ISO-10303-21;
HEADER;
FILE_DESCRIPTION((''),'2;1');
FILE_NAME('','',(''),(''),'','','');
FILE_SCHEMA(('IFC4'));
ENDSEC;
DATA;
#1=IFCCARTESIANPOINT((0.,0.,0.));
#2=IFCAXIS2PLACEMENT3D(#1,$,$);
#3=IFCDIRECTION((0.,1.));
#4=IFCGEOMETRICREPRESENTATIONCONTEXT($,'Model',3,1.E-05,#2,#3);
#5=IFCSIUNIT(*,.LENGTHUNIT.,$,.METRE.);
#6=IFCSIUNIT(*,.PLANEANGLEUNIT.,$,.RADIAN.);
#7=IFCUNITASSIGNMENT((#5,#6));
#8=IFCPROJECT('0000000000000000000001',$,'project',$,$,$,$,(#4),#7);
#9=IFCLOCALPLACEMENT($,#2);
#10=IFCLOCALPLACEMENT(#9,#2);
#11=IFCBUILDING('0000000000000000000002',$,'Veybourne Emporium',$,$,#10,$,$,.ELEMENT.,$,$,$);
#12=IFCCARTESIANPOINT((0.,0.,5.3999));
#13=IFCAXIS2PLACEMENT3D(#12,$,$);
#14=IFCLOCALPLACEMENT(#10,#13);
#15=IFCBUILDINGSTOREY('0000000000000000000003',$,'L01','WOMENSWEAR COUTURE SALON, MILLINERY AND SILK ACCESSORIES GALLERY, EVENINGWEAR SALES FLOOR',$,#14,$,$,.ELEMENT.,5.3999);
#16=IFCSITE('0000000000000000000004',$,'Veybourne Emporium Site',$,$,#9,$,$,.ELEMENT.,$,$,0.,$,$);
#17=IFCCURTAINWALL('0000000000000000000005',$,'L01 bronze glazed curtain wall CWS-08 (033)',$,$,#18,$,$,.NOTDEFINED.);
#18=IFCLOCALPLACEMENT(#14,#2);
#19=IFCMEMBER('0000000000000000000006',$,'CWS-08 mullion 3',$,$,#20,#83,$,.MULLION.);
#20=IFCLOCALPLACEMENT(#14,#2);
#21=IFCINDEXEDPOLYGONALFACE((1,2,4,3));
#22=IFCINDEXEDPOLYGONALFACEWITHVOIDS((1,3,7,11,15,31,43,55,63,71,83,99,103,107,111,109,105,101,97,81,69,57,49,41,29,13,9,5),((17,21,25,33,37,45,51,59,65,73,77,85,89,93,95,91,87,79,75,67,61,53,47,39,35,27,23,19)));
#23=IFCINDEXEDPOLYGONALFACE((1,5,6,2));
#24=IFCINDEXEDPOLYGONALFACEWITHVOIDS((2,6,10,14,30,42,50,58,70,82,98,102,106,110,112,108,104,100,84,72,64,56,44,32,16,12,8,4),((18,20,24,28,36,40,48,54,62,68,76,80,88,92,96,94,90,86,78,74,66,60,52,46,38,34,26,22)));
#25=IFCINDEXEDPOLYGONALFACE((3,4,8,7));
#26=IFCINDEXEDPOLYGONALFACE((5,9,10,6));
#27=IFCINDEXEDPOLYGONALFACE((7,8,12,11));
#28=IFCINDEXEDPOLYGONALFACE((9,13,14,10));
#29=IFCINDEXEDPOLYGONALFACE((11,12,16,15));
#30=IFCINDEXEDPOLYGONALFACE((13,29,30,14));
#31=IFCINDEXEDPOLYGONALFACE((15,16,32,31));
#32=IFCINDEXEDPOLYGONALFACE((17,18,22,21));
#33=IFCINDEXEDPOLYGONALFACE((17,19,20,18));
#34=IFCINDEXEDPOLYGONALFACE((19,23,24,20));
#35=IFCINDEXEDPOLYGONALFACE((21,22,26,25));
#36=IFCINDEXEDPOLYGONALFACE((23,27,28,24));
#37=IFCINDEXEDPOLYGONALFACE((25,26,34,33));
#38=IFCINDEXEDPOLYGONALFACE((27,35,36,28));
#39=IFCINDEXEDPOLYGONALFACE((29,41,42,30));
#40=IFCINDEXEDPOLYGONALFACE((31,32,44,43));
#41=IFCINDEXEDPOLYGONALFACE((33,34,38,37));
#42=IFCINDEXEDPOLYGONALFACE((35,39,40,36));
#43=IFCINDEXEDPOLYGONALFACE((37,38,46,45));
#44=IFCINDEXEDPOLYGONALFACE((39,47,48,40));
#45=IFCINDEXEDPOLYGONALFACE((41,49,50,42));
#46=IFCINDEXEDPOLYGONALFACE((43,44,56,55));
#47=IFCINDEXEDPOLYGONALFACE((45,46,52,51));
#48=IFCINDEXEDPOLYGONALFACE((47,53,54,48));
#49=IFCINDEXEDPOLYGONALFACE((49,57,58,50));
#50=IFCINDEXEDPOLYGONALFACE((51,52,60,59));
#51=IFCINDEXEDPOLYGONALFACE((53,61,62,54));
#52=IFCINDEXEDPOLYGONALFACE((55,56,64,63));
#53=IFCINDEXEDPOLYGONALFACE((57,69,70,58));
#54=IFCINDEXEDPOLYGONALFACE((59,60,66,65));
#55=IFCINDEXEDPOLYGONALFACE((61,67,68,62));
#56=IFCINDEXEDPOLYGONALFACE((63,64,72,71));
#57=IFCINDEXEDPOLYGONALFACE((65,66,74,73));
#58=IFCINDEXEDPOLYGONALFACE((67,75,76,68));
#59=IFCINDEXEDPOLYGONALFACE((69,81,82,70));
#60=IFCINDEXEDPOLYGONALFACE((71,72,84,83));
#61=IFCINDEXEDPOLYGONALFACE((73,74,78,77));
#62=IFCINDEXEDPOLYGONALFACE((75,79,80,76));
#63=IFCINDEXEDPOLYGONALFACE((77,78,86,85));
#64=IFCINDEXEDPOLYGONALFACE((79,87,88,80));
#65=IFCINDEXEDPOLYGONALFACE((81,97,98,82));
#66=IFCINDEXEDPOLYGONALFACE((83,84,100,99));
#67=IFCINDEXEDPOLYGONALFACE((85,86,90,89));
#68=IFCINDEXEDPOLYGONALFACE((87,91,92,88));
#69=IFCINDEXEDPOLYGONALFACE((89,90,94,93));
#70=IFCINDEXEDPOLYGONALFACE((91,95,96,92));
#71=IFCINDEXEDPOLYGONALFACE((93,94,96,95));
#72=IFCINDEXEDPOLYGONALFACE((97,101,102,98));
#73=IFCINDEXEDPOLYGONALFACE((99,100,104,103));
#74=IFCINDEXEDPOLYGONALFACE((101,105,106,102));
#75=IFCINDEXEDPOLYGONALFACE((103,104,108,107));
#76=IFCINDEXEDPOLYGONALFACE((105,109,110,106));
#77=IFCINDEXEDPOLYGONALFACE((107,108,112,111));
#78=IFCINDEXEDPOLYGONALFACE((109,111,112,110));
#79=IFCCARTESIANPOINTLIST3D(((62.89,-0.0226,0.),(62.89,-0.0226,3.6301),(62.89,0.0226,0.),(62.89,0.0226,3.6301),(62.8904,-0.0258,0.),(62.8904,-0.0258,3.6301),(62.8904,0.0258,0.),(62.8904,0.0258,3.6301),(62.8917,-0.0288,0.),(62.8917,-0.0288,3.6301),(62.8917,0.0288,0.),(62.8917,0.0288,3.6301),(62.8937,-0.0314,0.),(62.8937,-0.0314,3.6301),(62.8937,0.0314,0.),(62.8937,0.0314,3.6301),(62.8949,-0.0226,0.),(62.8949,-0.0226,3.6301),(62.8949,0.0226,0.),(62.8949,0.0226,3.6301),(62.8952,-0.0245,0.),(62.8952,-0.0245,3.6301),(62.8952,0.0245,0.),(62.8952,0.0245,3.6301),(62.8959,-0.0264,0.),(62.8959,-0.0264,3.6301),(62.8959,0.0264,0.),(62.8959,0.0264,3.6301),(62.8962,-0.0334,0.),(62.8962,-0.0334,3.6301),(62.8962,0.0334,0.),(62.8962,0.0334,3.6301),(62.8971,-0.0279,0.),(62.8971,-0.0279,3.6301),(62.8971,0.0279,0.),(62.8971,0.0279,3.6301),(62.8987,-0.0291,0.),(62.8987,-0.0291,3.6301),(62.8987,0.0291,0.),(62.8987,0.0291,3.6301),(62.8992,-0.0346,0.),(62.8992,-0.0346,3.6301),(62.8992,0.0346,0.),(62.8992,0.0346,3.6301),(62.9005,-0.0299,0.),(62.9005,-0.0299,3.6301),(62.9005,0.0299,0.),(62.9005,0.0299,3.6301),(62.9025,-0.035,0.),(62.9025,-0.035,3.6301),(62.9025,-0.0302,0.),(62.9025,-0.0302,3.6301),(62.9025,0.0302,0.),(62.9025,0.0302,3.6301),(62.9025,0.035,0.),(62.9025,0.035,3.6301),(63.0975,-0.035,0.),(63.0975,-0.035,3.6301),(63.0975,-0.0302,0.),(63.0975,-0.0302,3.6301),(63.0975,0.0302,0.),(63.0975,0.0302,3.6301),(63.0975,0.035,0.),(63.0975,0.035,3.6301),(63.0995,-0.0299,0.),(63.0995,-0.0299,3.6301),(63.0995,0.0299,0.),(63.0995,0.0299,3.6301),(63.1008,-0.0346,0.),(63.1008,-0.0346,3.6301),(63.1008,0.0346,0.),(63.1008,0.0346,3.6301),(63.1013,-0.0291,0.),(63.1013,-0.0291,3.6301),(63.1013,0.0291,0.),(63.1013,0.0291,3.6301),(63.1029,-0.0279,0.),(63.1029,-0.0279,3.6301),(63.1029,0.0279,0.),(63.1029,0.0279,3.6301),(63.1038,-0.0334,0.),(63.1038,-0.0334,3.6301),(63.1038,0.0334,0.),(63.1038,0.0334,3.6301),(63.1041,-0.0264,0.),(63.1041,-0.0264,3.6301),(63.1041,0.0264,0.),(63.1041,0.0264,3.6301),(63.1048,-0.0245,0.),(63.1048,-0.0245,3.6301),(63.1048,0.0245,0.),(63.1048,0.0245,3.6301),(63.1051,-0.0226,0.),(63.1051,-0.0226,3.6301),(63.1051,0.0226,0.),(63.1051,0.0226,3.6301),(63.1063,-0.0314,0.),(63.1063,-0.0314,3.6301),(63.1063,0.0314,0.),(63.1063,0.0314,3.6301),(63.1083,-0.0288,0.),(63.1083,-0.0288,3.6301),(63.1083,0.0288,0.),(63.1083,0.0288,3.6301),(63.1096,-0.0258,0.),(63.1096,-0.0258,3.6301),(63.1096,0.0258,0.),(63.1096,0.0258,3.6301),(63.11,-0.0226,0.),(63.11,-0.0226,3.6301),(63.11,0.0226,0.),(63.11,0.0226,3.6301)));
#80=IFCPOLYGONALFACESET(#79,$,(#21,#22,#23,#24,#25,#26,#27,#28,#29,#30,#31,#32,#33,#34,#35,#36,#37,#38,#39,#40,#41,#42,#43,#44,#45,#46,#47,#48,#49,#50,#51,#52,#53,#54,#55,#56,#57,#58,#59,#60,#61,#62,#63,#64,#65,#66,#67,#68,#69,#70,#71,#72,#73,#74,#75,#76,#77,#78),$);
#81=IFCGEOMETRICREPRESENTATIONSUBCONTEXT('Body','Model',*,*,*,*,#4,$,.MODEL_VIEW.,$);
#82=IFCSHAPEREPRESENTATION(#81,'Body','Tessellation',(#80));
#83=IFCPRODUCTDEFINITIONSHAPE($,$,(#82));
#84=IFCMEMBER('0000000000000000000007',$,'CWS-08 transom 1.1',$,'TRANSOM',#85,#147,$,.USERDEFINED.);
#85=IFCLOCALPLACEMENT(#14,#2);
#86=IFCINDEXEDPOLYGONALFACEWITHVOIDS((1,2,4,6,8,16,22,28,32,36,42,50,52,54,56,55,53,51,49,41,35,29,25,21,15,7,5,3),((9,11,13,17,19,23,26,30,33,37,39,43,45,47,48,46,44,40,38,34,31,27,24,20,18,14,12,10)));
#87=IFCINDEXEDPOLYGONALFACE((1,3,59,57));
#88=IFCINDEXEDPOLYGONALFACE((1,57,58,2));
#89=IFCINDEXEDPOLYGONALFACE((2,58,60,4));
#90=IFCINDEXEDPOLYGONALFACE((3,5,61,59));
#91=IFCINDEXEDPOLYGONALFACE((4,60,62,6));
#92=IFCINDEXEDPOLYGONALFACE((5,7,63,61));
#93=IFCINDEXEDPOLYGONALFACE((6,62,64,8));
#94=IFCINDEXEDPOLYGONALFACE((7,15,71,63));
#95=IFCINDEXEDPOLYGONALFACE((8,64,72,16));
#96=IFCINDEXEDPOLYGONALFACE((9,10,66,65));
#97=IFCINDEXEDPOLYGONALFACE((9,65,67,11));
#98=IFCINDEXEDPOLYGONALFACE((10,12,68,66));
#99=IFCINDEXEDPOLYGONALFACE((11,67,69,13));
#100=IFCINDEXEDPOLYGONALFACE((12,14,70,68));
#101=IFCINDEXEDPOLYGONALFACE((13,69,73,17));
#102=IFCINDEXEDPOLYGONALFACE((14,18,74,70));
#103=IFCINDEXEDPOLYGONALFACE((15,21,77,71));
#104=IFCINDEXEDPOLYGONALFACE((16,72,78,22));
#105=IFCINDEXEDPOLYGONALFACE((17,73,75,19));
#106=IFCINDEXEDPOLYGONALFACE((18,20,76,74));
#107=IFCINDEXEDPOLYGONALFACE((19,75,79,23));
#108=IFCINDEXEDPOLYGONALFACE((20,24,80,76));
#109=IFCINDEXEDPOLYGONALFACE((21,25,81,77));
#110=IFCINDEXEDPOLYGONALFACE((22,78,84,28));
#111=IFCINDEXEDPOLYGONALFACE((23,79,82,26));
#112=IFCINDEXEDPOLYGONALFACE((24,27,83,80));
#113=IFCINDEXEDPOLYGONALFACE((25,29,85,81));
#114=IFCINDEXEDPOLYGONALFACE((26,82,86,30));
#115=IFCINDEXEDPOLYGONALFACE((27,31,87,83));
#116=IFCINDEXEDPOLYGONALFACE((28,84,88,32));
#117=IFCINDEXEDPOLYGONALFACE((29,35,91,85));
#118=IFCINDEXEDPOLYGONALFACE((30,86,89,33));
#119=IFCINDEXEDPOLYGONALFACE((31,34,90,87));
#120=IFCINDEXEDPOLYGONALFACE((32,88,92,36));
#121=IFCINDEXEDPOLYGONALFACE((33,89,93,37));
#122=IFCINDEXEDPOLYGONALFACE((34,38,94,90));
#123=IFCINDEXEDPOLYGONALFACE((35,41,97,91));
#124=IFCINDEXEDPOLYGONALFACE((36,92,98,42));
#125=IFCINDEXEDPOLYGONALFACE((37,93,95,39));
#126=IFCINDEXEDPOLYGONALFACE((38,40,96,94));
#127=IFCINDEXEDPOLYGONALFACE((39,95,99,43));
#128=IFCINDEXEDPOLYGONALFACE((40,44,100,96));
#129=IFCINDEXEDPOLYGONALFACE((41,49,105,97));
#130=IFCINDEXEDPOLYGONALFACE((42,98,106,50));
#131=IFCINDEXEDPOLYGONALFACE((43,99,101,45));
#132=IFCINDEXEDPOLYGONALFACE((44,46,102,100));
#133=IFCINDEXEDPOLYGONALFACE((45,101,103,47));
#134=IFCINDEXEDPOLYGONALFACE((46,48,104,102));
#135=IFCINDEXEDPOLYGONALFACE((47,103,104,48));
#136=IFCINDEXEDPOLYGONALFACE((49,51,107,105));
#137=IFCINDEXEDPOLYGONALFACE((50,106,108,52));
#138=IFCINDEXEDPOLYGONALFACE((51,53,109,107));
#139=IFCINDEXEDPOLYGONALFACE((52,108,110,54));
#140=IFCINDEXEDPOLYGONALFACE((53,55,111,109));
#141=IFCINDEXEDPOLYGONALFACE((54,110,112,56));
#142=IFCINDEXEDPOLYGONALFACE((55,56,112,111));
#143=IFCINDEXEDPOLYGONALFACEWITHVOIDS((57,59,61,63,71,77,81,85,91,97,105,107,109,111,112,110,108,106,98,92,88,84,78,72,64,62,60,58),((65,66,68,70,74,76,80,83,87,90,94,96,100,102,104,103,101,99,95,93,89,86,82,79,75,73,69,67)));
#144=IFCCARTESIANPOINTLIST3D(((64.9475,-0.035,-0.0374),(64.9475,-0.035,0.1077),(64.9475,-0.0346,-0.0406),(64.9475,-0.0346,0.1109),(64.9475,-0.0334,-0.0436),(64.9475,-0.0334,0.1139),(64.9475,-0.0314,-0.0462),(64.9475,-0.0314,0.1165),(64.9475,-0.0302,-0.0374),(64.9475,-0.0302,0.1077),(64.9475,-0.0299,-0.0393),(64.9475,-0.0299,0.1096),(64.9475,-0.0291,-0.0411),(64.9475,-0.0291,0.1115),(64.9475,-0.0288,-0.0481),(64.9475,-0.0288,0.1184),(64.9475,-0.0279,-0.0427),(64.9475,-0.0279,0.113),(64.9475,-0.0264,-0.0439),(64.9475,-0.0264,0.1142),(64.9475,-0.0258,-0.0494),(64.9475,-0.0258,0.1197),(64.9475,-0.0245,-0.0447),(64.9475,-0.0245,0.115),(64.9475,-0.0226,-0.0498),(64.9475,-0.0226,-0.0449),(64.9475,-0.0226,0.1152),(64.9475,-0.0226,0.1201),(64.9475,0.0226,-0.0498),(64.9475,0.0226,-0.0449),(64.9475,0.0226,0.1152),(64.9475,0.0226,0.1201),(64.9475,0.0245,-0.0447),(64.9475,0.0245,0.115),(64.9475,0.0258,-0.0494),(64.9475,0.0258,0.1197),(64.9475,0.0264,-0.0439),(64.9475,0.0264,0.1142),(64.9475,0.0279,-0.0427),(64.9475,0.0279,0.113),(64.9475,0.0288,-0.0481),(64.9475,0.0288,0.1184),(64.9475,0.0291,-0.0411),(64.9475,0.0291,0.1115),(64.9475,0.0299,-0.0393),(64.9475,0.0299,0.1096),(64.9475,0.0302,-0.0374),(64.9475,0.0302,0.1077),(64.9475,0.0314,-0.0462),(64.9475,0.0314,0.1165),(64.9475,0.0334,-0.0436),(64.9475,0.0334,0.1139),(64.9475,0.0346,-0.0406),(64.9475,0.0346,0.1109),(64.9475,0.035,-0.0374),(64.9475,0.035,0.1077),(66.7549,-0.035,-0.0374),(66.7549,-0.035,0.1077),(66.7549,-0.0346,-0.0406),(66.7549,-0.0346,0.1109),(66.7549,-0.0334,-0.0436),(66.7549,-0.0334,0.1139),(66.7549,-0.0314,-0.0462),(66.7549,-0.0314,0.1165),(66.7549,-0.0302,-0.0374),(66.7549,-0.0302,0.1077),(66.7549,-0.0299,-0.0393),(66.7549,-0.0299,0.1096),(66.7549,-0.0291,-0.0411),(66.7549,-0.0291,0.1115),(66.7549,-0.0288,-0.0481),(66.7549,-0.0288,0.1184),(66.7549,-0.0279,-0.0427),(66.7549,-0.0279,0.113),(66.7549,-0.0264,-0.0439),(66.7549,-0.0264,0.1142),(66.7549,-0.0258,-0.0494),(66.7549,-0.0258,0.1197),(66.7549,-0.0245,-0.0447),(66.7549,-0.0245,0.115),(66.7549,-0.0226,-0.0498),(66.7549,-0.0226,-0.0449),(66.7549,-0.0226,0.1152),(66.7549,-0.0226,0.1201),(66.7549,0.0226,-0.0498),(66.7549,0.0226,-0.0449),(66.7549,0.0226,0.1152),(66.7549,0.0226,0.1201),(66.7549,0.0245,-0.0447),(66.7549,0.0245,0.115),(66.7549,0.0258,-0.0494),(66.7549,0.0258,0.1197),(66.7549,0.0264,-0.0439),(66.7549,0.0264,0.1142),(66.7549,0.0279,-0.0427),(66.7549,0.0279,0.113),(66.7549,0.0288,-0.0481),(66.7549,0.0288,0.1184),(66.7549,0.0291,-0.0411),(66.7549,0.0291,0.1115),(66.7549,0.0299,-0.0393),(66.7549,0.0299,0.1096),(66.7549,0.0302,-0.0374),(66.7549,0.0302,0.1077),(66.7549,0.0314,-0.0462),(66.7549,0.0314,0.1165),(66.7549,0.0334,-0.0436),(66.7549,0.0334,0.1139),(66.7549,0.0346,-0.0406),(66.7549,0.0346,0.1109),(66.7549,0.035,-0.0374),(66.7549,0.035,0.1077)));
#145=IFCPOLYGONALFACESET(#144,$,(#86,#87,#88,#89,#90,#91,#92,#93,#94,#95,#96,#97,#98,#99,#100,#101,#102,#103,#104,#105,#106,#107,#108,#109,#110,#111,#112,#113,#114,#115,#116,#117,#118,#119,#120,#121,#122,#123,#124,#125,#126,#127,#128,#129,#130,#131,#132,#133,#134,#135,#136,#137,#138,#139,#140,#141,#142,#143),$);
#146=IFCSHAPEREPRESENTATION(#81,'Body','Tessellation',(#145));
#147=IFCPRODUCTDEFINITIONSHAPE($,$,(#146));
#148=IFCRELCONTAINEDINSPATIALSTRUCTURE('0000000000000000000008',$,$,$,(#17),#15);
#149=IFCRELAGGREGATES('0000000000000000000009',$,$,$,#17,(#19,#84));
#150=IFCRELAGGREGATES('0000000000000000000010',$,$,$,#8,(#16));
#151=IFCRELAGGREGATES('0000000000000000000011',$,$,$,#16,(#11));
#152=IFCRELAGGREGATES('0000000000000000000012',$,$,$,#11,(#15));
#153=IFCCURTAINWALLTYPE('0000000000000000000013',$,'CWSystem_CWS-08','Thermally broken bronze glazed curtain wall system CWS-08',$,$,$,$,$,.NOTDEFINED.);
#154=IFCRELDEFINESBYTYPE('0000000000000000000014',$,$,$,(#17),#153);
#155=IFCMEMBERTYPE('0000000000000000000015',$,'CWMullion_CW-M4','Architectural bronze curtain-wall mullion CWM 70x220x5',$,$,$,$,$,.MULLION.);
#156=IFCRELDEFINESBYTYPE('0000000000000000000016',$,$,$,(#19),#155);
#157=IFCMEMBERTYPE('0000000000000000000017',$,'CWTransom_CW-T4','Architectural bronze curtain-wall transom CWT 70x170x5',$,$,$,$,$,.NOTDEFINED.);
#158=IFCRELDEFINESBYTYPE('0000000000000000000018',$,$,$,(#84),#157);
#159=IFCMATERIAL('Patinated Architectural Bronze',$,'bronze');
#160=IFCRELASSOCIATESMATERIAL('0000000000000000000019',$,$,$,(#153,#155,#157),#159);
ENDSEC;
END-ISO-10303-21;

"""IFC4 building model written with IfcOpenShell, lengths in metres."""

from ifc_helpers import new_model, si_unit, direction, frame, origin, origin_2d, place, context, subcontext, project, spatial, hollow_rectangle, extrude, material, material_profile, profile_set, type_object, element, aggregate, save


model = new_model("IFC4")

# Units and contexts
model_context = context("Model", 3, precision=1e-05, world=origin(), true_north=direction((0.0, 1.0)))
body_context = subcontext(model_context, "Body", "Model", "MODEL_VIEW")
ifc_project = project(units=[si_unit("LENGTHUNIT", "METRE"), si_unit("PLANEANGLEUNIT", "RADIAN")], contexts=[model_context])

# Site, building, storey
site_placement = place(None, origin())
site = spatial("IfcSite", under=ifc_project, at=site_placement, Name="Veybourne Emporium Site", CompositionType="ELEMENT", RefElevation=0.0)
building_placement = place(site_placement, origin())
building = spatial("IfcBuilding", under=site, at=building_placement, Name="Veybourne Emporium", CompositionType="ELEMENT")
storey_placement = place(building_placement, frame((0.0, 0.0, 5.3999)))
storey = spatial("IfcBuildingStorey", under=building, at=storey_placement, Name="L01", Description="WOMENSWEAR COUTURE SALON, MILLINERY AND SILK ACCESSORIES GALLERY, EVENINGWEAR SALES FLOOR", CompositionType="ELEMENT", Elevation=5.3999)

# Curtain wall, members
ifc_material_1 = material(Name="Patinated Architectural Bronze", Category="bronze")
curtain_wall_type = type_object("IfcCurtainWallType", Name="CWSystem_CWS-08", Description="Thermally broken bronze glazed curtain wall system CWS-08", PredefinedType="NOTDEFINED", material=ifc_material_1)
curtain_wall_placement = place(storey_placement, origin())
curtain_wall = element("IfcCurtainWall", 1, at=curtain_wall_placement, inside=storey, type_object=curtain_wall_type, Name="L01 bronze glazed curtain wall CWS-08 (033)", PredefinedType="NOTDEFINED")
ifc_material_profile_1 = material_profile(ifc_material_1, hollow_rectangle(XDim=0.0701, YDim=0.22, WallThickness=0.0049, InnerFilletRadius=0.0076, OuterFilletRadius=0.0125, at=origin_2d()), Name="CWM 70x220x5")
ifc_profile_set_1 = profile_set([ifc_material_profile_1], Name="Patinated Architectural Bronze")
member_type_1 = type_object("IfcMemberType", Name="CWMullion_CW-M4", Description="Architectural bronze curtain-wall mullion CWM 70x220x5", PredefinedType="MULLION", material=ifc_profile_set_1)
member_1_placement = place(storey_placement, frame((63.0, 0.0, 0.0), z_axis=(0.0, 0.0, 1.0), x_axis=(0.0, -1.0, 0.0)))
member_1 = element("IfcMember", 2, at=member_1_placement, type_object=member_type_1, Name="CWS-08 mullion 3", PredefinedType="MULLION", context=body_context, shape_type="SweptSolid", body=[
    extrude(hollow_rectangle(XDim=0.0701, YDim=0.22, WallThickness=0.0049, InnerFilletRadius=0.0076, OuterFilletRadius=0.0125, at=origin_2d()), origin(), (0.0, 0.0, 1.0), 3.6301),
])
ifc_material_profile_2 = material_profile(ifc_material_1, hollow_rectangle(XDim=0.0701, YDim=0.1699, WallThickness=0.0049, InnerFilletRadius=0.0076, OuterFilletRadius=0.0125, at=origin_2d()), Name="CWT 70x170x5")
ifc_profile_set_2 = profile_set([ifc_material_profile_2], Name="Patinated Architectural Bronze")
member_type_2 = type_object("IfcMemberType", Name="CWTransom_CW-T4", Description="Architectural bronze curtain-wall transom CWT 70x170x5", PredefinedType="NOTDEFINED", material=ifc_profile_set_2)
member_2_placement = place(storey_placement, frame((66.7549, 0.0, 0.0352), z_axis=(-1.0, 0.0, 0.0), x_axis=(0.0, -1.0, 0.0)))
member_2 = element("IfcMember", 3, at=member_2_placement, type_object=member_type_2, Name="CWS-08 transom 1.1", ObjectType="TRANSOM", PredefinedType="USERDEFINED", context=body_context, shape_type="SweptSolid", body=[
    extrude(hollow_rectangle(XDim=0.0701, YDim=0.1699, WallThickness=0.0049, InnerFilletRadius=0.0076, OuterFilletRadius=0.0125, at=origin_2d()), origin(), (0.0, 0.0, 1.0), 1.8074),
])

aggregate(curtain_wall, [member_1, member_2])

save(model, "model.ifc")
